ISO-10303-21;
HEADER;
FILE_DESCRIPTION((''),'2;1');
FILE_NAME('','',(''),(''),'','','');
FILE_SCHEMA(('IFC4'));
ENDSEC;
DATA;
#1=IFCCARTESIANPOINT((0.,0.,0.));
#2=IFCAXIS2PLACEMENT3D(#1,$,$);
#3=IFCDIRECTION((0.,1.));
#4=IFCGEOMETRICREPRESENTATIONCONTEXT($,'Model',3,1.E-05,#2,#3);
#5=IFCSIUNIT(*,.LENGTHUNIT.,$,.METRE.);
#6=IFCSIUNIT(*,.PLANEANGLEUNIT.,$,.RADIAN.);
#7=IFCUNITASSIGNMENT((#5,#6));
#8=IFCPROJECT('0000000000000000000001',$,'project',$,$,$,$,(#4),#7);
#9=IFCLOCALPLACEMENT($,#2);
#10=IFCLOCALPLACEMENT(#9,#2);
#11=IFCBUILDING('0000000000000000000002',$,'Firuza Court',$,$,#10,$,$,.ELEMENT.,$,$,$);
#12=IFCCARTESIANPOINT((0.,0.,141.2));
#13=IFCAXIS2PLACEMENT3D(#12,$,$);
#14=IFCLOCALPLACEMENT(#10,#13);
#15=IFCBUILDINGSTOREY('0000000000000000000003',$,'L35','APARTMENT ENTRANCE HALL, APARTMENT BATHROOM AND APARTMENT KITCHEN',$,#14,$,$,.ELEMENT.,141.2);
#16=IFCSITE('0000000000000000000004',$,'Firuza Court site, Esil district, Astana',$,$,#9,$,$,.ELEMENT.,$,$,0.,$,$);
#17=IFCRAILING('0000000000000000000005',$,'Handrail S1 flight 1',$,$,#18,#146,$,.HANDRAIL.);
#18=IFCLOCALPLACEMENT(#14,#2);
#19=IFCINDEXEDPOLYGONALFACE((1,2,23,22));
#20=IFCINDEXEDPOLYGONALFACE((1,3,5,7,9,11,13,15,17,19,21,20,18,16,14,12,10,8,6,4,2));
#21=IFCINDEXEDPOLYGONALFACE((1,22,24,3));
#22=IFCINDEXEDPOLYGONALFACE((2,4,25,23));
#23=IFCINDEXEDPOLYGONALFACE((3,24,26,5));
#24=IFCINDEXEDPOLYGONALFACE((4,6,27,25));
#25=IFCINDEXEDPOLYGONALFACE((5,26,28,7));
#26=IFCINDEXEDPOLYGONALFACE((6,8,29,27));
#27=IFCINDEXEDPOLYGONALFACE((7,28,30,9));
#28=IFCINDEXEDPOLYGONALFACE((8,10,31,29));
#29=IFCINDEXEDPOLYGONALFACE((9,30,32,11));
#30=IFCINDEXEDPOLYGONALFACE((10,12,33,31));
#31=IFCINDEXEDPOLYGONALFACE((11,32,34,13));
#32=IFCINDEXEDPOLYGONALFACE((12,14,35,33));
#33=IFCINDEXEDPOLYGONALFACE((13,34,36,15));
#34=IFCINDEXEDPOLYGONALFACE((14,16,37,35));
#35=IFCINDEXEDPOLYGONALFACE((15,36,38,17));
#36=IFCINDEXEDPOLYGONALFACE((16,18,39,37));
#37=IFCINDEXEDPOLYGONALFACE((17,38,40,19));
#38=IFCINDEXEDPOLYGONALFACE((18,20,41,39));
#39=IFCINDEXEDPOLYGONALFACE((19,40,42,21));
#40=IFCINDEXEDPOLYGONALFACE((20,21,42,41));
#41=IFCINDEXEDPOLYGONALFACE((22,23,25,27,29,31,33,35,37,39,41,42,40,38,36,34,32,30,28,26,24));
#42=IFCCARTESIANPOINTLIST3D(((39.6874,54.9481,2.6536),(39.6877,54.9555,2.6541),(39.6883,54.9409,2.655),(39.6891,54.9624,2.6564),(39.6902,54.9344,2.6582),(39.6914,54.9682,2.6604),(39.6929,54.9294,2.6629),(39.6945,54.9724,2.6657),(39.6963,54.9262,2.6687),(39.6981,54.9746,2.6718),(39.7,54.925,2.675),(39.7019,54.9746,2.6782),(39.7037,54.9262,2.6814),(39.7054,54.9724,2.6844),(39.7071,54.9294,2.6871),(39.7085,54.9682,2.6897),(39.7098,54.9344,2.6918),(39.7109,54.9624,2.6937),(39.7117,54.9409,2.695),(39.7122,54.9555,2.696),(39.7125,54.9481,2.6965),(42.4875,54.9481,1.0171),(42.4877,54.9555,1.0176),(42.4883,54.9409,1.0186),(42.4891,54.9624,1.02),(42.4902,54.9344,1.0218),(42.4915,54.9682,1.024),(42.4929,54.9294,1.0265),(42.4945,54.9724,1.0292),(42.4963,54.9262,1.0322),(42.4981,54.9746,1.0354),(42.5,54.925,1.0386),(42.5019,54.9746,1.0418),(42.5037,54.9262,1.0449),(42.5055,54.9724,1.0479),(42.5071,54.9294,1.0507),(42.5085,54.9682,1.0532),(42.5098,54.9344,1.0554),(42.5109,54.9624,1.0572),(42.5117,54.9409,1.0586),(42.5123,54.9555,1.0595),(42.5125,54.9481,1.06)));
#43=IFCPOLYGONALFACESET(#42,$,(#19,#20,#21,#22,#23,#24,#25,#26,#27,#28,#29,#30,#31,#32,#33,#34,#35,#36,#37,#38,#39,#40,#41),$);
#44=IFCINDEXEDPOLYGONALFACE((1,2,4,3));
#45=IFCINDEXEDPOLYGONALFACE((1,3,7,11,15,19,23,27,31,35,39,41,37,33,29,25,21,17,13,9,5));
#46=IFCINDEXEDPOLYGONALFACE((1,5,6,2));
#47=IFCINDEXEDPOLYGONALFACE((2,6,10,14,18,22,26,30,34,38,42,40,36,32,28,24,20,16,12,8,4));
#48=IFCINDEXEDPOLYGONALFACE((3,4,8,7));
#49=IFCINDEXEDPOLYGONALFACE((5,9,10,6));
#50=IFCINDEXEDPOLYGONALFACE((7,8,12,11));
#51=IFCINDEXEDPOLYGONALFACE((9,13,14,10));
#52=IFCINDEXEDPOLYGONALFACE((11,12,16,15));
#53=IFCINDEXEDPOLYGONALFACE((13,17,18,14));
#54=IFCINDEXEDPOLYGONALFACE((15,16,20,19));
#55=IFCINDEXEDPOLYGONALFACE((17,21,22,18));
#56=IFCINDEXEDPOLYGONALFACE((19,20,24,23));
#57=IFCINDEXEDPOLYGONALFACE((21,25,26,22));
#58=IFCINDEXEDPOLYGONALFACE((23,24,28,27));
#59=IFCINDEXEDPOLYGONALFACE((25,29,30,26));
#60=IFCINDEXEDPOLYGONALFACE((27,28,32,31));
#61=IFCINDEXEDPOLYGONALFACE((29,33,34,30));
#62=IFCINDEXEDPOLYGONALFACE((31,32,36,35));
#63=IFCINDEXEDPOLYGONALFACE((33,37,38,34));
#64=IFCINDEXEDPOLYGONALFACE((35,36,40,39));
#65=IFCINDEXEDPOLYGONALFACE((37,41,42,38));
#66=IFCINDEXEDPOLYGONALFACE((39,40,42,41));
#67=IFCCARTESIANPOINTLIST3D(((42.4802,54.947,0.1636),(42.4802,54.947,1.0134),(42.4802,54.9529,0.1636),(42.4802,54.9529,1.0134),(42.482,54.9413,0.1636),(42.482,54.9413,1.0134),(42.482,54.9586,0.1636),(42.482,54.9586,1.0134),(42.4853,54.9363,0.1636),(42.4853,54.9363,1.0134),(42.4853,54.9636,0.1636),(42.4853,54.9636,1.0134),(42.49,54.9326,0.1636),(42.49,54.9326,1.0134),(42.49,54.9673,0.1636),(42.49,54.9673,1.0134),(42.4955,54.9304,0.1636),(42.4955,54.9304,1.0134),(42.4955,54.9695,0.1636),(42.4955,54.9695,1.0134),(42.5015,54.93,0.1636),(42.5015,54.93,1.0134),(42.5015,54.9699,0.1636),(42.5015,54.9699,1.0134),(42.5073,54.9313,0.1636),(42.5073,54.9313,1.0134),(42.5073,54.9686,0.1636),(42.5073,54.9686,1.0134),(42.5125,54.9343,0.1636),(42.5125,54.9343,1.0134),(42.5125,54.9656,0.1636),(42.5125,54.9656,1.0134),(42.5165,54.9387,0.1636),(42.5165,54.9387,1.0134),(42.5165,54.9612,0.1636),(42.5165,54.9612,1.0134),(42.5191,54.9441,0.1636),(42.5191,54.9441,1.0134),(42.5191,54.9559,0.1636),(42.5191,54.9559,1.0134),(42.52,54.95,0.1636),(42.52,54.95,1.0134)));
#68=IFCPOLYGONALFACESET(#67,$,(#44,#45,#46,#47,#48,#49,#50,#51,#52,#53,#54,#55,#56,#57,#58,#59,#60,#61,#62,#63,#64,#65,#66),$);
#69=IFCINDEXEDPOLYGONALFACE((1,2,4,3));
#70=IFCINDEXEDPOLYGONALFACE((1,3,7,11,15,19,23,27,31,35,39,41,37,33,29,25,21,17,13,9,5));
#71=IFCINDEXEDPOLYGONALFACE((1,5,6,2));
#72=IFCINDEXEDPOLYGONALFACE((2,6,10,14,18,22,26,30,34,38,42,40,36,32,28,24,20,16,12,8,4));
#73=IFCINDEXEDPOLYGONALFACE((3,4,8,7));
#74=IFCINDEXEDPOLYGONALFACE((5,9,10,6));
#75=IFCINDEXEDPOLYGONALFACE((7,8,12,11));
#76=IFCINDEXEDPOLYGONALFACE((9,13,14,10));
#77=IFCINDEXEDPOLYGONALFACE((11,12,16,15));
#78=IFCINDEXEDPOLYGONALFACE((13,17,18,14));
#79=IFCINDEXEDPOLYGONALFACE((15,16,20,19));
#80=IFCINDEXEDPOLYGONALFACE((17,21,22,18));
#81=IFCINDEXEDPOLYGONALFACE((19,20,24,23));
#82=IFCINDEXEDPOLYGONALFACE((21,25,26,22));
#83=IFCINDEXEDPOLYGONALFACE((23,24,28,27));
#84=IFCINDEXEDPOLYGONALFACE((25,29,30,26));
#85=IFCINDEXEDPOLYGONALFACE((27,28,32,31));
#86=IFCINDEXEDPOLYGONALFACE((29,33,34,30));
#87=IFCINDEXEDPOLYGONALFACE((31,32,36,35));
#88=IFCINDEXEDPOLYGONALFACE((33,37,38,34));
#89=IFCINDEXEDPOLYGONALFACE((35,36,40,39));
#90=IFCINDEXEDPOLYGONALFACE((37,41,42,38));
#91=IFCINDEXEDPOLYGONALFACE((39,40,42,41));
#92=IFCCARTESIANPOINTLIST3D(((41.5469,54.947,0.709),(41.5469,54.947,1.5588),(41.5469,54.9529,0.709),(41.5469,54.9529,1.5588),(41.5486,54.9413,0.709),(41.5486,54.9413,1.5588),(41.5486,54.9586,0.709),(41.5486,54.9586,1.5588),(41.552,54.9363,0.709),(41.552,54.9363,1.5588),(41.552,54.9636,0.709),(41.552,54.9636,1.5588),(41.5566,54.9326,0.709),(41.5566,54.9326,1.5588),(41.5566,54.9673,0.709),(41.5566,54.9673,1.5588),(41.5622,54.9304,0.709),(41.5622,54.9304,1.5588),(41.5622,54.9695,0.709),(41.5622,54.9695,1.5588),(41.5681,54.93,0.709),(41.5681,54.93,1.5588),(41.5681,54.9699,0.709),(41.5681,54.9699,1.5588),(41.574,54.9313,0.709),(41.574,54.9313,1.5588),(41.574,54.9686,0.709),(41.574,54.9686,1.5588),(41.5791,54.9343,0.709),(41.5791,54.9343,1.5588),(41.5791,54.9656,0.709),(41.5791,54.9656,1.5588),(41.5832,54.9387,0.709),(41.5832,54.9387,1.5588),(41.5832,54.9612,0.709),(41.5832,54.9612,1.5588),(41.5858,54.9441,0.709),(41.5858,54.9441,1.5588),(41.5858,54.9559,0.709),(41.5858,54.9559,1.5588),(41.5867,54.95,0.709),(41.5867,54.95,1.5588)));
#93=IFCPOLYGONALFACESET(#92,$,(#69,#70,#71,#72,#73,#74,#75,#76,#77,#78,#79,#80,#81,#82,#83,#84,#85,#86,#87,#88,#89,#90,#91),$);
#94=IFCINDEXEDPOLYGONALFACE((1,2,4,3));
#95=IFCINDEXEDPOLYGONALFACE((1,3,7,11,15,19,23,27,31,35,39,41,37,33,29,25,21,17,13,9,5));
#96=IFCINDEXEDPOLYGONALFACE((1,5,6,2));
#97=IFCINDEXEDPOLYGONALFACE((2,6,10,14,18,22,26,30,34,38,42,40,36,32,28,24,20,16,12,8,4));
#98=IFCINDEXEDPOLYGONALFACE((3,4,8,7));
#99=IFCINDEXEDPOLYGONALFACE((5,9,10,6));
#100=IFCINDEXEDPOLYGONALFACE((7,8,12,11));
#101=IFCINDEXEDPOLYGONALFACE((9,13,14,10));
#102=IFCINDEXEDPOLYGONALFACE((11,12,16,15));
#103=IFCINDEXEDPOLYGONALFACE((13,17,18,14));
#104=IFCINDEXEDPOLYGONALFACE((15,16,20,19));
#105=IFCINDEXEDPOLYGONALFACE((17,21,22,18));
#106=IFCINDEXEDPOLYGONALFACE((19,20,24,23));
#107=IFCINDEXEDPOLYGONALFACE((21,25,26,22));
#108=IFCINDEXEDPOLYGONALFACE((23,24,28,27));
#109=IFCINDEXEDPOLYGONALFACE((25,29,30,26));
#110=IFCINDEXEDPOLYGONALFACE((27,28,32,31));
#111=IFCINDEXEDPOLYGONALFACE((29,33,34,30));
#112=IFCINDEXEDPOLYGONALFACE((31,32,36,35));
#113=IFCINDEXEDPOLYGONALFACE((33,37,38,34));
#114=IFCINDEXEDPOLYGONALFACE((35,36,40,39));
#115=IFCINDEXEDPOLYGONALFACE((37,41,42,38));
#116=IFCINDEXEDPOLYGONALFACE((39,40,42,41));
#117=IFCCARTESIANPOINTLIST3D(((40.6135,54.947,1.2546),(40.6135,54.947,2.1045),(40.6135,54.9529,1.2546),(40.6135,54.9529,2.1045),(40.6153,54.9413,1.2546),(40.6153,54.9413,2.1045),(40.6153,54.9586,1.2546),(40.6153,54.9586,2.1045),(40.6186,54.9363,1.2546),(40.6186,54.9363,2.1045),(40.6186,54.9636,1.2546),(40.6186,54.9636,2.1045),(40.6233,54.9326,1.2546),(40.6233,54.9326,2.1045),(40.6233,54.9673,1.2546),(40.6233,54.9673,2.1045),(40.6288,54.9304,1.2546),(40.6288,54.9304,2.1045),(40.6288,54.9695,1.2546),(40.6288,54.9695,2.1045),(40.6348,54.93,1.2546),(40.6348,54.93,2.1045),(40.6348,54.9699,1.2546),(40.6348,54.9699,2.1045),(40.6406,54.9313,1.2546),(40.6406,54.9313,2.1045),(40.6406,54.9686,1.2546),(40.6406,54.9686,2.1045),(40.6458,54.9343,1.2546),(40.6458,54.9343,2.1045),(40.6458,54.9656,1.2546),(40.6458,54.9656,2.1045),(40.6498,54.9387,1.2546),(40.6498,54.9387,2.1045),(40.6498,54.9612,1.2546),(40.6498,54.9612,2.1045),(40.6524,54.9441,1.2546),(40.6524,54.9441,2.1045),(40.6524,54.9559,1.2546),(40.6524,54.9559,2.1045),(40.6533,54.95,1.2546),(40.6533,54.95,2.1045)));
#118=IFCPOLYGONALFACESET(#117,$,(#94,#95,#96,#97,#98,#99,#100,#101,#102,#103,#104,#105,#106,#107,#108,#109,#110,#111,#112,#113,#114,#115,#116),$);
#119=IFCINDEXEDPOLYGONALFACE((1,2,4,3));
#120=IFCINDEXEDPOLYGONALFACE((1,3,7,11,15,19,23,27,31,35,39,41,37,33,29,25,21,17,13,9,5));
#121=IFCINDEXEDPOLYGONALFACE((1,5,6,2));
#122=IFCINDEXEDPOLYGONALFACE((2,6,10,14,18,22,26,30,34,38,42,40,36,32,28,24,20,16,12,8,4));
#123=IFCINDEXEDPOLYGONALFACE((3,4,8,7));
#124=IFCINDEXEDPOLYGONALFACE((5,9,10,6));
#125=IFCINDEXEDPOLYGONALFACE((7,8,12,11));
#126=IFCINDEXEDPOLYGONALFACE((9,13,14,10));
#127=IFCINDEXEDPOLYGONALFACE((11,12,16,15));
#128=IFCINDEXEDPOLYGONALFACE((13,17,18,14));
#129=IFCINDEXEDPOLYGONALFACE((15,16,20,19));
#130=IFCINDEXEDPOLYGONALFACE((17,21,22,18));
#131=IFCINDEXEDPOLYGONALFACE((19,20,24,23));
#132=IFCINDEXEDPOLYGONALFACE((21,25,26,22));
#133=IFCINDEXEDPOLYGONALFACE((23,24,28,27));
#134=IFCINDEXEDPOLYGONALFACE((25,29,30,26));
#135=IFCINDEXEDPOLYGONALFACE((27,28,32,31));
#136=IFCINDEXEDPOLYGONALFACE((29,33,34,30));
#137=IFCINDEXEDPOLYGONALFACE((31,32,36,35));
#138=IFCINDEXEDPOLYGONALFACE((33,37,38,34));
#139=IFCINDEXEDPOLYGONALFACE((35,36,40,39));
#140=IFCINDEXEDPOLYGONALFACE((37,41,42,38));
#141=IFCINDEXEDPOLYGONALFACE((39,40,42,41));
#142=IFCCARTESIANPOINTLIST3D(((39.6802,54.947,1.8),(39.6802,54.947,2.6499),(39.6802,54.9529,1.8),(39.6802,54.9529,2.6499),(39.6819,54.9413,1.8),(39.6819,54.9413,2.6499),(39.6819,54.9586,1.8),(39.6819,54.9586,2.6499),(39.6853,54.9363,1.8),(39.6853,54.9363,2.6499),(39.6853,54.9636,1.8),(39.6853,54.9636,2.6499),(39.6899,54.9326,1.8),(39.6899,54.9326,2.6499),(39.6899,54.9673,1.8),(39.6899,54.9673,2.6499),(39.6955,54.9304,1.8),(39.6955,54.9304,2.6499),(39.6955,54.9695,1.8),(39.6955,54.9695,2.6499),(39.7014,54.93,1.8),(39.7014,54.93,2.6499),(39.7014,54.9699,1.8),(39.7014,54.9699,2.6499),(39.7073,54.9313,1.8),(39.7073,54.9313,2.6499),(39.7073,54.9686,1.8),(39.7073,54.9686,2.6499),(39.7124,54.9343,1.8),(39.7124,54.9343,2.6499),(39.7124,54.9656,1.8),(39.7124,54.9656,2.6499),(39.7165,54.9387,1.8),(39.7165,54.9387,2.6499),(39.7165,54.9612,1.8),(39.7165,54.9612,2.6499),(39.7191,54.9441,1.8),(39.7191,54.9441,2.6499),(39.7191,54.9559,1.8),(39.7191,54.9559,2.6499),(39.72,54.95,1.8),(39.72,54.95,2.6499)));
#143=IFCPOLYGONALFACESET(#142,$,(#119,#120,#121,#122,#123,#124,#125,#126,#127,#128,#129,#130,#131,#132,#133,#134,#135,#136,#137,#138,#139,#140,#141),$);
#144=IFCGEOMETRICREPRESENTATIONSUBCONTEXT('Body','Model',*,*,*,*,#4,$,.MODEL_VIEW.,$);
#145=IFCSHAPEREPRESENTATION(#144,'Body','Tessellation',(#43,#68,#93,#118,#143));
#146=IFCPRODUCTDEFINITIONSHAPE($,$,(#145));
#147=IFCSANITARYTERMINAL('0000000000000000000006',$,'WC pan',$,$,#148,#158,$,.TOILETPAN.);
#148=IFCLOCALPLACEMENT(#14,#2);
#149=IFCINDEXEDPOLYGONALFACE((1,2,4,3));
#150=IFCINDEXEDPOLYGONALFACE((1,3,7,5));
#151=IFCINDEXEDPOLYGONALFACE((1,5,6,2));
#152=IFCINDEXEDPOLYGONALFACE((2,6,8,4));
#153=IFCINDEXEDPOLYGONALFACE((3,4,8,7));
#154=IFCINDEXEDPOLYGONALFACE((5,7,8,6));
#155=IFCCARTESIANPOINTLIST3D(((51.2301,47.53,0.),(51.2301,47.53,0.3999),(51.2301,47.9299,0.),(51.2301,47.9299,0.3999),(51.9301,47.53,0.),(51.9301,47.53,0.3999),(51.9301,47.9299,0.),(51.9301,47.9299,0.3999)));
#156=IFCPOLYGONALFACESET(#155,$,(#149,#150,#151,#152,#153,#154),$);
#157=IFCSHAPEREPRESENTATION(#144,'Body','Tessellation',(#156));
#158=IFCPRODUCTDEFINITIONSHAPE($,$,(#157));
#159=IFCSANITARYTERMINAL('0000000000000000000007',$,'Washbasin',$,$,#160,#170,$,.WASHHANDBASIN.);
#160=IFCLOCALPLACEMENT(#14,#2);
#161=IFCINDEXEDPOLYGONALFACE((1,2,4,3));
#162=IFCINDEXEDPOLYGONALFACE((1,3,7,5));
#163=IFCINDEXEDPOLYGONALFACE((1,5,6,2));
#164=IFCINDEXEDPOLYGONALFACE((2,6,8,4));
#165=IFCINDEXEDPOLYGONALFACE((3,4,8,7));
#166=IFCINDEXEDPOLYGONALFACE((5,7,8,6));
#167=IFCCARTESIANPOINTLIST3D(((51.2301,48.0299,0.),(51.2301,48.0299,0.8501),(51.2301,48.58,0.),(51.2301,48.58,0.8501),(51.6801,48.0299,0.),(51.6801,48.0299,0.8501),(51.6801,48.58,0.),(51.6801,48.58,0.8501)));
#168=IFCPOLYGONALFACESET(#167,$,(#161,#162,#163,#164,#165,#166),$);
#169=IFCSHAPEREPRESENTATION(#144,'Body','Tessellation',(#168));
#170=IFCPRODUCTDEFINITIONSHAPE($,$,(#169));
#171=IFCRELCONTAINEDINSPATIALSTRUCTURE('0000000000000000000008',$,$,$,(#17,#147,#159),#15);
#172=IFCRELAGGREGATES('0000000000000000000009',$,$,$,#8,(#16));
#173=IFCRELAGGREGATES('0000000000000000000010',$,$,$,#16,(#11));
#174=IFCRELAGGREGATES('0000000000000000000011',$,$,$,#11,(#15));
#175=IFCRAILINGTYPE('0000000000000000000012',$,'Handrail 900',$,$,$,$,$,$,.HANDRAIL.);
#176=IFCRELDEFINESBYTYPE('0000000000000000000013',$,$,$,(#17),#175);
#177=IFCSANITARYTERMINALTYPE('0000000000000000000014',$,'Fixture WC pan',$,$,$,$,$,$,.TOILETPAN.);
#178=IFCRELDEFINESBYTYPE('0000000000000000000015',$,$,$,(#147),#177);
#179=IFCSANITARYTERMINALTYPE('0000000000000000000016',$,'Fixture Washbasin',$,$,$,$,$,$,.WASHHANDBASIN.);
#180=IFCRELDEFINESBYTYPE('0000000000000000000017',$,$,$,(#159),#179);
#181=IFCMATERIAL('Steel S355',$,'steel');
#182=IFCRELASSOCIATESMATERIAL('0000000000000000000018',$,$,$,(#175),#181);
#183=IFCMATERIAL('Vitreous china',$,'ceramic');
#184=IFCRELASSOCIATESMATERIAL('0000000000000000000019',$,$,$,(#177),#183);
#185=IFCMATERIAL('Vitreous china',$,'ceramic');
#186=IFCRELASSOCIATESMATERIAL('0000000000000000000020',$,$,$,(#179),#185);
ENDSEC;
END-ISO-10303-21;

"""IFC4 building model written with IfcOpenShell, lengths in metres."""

from ifc_helpers import new_model, si_unit, direction, frame, origin, origin_2d, place, context, subcontext, project, spatial, rectangle, circle, extrude, material, type_object, element, save


model = new_model("IFC4")

# Units and contexts
model_context = context("Model", 3, precision=1e-05, world=origin(), true_north=direction((0.0, 1.0)))
body_context = subcontext(model_context, "Body", "Model", "MODEL_VIEW")
ifc_project = project(units=[si_unit("LENGTHUNIT", "METRE"), si_unit("PLANEANGLEUNIT", "RADIAN")], contexts=[model_context])

# Site, building, storey
site_placement = place(None, origin())
site = spatial("IfcSite", under=ifc_project, at=site_placement, Name="Firuza Court site, Esil district, Astana", CompositionType="ELEMENT", RefElevation=0.0)
building_placement = place(site_placement, origin())
building = spatial("IfcBuilding", under=site, at=building_placement, Name="Firuza Court", CompositionType="ELEMENT")
storey_placement = place(building_placement, frame((0.0, 0.0, 141.2)))
storey = spatial("IfcBuildingStorey", under=building, at=storey_placement, Name="L35", Description="APARTMENT ENTRANCE HALL, APARTMENT BATHROOM AND APARTMENT KITCHEN", CompositionType="ELEMENT", Elevation=141.2)

# Railing
ifc_material_1 = material(Name="Steel S355", Category="steel")
railing_type_1 = type_object("IfcRailingType", Name="Handrail 900", PredefinedType="HANDRAIL", material=ifc_material_1)
railing_1_placement = place(storey_placement, frame((42.5, 54.95, 0.1636)))
element("IfcRailing", 1, at=railing_1_placement, inside=storey, type_object=railing_type_1, Name="Handrail S1 flight 1", PredefinedType="HANDRAIL", context=body_context, shape_type="SweptSolid", body=[
    extrude(circle(Radius=0.0249, at=origin_2d()), frame((0.0, 0.0, 0.875), z_axis=(-0.863361, 0.0, 0.504587), x_axis=(0.0, -1.0, 0.0)), (0.0, 0.0, 1.0), 3.2432),
    extrude(circle(Radius=0.02, at=origin_2d()), origin(), (0.0, 0.0, 1.0), 0.8499),
    extrude(circle(Radius=0.02, at=origin_2d()), frame((-0.9333, 0.0, 0.5454)), (0.0, 0.0, 1.0), 0.8499),
    extrude(circle(Radius=0.02, at=origin_2d()), frame((-1.8667, 0.0, 1.0911)), (0.0, 0.0, 1.0), 0.8499),
    extrude(circle(Radius=0.02, at=origin_2d()), frame((-2.8, 0.0, 1.6365)), (0.0, 0.0, 1.0), 0.8499),
])

# Sanitary terminals
ifc_material_2 = material(Name="Vitreous china", Category="ceramic")
sanitary_terminal_type_1 = type_object("IfcSanitaryTerminalType", Name="Fixture WC pan", PredefinedType="TOILETPAN", material=ifc_material_2)
sanitary_terminal_1_placement = place(storey_placement, frame((51.5801, 47.73, 0.0), z_axis=(0.0, 0.0, 1.0), x_axis=(1.0, 0.0, 0.0)))
element("IfcSanitaryTerminal", 2, at=sanitary_terminal_1_placement, inside=storey, type_object=sanitary_terminal_type_1, Name="WC pan", PredefinedType="TOILETPAN", context=body_context, shape_type="SweptSolid", body=[
    extrude(rectangle(XDim=0.7, YDim=0.3999, at=origin_2d()), origin(), (0.0, 0.0, 1.0), 0.3999),
])
ifc_material_3 = material(Name="Vitreous china", Category="ceramic")
sanitary_terminal_type_2 = type_object("IfcSanitaryTerminalType", Name="Fixture Washbasin", PredefinedType="WASHHANDBASIN", material=ifc_material_3)
sanitary_terminal_2_placement = place(storey_placement, frame((51.4551, 48.3049, 0.0), z_axis=(0.0, 0.0, 1.0), x_axis=(1.0, 0.0, 0.0)))
element("IfcSanitaryTerminal", 3, at=sanitary_terminal_2_placement, inside=storey, type_object=sanitary_terminal_type_2, Name="Washbasin", PredefinedType="WASHHANDBASIN", context=body_context, shape_type="SweptSolid", body=[
    extrude(rectangle(XDim=0.45, YDim=0.55, at=origin_2d()), origin(), (0.0, 0.0, 1.0), 0.8501),
])

save(model, "model.ifc")
